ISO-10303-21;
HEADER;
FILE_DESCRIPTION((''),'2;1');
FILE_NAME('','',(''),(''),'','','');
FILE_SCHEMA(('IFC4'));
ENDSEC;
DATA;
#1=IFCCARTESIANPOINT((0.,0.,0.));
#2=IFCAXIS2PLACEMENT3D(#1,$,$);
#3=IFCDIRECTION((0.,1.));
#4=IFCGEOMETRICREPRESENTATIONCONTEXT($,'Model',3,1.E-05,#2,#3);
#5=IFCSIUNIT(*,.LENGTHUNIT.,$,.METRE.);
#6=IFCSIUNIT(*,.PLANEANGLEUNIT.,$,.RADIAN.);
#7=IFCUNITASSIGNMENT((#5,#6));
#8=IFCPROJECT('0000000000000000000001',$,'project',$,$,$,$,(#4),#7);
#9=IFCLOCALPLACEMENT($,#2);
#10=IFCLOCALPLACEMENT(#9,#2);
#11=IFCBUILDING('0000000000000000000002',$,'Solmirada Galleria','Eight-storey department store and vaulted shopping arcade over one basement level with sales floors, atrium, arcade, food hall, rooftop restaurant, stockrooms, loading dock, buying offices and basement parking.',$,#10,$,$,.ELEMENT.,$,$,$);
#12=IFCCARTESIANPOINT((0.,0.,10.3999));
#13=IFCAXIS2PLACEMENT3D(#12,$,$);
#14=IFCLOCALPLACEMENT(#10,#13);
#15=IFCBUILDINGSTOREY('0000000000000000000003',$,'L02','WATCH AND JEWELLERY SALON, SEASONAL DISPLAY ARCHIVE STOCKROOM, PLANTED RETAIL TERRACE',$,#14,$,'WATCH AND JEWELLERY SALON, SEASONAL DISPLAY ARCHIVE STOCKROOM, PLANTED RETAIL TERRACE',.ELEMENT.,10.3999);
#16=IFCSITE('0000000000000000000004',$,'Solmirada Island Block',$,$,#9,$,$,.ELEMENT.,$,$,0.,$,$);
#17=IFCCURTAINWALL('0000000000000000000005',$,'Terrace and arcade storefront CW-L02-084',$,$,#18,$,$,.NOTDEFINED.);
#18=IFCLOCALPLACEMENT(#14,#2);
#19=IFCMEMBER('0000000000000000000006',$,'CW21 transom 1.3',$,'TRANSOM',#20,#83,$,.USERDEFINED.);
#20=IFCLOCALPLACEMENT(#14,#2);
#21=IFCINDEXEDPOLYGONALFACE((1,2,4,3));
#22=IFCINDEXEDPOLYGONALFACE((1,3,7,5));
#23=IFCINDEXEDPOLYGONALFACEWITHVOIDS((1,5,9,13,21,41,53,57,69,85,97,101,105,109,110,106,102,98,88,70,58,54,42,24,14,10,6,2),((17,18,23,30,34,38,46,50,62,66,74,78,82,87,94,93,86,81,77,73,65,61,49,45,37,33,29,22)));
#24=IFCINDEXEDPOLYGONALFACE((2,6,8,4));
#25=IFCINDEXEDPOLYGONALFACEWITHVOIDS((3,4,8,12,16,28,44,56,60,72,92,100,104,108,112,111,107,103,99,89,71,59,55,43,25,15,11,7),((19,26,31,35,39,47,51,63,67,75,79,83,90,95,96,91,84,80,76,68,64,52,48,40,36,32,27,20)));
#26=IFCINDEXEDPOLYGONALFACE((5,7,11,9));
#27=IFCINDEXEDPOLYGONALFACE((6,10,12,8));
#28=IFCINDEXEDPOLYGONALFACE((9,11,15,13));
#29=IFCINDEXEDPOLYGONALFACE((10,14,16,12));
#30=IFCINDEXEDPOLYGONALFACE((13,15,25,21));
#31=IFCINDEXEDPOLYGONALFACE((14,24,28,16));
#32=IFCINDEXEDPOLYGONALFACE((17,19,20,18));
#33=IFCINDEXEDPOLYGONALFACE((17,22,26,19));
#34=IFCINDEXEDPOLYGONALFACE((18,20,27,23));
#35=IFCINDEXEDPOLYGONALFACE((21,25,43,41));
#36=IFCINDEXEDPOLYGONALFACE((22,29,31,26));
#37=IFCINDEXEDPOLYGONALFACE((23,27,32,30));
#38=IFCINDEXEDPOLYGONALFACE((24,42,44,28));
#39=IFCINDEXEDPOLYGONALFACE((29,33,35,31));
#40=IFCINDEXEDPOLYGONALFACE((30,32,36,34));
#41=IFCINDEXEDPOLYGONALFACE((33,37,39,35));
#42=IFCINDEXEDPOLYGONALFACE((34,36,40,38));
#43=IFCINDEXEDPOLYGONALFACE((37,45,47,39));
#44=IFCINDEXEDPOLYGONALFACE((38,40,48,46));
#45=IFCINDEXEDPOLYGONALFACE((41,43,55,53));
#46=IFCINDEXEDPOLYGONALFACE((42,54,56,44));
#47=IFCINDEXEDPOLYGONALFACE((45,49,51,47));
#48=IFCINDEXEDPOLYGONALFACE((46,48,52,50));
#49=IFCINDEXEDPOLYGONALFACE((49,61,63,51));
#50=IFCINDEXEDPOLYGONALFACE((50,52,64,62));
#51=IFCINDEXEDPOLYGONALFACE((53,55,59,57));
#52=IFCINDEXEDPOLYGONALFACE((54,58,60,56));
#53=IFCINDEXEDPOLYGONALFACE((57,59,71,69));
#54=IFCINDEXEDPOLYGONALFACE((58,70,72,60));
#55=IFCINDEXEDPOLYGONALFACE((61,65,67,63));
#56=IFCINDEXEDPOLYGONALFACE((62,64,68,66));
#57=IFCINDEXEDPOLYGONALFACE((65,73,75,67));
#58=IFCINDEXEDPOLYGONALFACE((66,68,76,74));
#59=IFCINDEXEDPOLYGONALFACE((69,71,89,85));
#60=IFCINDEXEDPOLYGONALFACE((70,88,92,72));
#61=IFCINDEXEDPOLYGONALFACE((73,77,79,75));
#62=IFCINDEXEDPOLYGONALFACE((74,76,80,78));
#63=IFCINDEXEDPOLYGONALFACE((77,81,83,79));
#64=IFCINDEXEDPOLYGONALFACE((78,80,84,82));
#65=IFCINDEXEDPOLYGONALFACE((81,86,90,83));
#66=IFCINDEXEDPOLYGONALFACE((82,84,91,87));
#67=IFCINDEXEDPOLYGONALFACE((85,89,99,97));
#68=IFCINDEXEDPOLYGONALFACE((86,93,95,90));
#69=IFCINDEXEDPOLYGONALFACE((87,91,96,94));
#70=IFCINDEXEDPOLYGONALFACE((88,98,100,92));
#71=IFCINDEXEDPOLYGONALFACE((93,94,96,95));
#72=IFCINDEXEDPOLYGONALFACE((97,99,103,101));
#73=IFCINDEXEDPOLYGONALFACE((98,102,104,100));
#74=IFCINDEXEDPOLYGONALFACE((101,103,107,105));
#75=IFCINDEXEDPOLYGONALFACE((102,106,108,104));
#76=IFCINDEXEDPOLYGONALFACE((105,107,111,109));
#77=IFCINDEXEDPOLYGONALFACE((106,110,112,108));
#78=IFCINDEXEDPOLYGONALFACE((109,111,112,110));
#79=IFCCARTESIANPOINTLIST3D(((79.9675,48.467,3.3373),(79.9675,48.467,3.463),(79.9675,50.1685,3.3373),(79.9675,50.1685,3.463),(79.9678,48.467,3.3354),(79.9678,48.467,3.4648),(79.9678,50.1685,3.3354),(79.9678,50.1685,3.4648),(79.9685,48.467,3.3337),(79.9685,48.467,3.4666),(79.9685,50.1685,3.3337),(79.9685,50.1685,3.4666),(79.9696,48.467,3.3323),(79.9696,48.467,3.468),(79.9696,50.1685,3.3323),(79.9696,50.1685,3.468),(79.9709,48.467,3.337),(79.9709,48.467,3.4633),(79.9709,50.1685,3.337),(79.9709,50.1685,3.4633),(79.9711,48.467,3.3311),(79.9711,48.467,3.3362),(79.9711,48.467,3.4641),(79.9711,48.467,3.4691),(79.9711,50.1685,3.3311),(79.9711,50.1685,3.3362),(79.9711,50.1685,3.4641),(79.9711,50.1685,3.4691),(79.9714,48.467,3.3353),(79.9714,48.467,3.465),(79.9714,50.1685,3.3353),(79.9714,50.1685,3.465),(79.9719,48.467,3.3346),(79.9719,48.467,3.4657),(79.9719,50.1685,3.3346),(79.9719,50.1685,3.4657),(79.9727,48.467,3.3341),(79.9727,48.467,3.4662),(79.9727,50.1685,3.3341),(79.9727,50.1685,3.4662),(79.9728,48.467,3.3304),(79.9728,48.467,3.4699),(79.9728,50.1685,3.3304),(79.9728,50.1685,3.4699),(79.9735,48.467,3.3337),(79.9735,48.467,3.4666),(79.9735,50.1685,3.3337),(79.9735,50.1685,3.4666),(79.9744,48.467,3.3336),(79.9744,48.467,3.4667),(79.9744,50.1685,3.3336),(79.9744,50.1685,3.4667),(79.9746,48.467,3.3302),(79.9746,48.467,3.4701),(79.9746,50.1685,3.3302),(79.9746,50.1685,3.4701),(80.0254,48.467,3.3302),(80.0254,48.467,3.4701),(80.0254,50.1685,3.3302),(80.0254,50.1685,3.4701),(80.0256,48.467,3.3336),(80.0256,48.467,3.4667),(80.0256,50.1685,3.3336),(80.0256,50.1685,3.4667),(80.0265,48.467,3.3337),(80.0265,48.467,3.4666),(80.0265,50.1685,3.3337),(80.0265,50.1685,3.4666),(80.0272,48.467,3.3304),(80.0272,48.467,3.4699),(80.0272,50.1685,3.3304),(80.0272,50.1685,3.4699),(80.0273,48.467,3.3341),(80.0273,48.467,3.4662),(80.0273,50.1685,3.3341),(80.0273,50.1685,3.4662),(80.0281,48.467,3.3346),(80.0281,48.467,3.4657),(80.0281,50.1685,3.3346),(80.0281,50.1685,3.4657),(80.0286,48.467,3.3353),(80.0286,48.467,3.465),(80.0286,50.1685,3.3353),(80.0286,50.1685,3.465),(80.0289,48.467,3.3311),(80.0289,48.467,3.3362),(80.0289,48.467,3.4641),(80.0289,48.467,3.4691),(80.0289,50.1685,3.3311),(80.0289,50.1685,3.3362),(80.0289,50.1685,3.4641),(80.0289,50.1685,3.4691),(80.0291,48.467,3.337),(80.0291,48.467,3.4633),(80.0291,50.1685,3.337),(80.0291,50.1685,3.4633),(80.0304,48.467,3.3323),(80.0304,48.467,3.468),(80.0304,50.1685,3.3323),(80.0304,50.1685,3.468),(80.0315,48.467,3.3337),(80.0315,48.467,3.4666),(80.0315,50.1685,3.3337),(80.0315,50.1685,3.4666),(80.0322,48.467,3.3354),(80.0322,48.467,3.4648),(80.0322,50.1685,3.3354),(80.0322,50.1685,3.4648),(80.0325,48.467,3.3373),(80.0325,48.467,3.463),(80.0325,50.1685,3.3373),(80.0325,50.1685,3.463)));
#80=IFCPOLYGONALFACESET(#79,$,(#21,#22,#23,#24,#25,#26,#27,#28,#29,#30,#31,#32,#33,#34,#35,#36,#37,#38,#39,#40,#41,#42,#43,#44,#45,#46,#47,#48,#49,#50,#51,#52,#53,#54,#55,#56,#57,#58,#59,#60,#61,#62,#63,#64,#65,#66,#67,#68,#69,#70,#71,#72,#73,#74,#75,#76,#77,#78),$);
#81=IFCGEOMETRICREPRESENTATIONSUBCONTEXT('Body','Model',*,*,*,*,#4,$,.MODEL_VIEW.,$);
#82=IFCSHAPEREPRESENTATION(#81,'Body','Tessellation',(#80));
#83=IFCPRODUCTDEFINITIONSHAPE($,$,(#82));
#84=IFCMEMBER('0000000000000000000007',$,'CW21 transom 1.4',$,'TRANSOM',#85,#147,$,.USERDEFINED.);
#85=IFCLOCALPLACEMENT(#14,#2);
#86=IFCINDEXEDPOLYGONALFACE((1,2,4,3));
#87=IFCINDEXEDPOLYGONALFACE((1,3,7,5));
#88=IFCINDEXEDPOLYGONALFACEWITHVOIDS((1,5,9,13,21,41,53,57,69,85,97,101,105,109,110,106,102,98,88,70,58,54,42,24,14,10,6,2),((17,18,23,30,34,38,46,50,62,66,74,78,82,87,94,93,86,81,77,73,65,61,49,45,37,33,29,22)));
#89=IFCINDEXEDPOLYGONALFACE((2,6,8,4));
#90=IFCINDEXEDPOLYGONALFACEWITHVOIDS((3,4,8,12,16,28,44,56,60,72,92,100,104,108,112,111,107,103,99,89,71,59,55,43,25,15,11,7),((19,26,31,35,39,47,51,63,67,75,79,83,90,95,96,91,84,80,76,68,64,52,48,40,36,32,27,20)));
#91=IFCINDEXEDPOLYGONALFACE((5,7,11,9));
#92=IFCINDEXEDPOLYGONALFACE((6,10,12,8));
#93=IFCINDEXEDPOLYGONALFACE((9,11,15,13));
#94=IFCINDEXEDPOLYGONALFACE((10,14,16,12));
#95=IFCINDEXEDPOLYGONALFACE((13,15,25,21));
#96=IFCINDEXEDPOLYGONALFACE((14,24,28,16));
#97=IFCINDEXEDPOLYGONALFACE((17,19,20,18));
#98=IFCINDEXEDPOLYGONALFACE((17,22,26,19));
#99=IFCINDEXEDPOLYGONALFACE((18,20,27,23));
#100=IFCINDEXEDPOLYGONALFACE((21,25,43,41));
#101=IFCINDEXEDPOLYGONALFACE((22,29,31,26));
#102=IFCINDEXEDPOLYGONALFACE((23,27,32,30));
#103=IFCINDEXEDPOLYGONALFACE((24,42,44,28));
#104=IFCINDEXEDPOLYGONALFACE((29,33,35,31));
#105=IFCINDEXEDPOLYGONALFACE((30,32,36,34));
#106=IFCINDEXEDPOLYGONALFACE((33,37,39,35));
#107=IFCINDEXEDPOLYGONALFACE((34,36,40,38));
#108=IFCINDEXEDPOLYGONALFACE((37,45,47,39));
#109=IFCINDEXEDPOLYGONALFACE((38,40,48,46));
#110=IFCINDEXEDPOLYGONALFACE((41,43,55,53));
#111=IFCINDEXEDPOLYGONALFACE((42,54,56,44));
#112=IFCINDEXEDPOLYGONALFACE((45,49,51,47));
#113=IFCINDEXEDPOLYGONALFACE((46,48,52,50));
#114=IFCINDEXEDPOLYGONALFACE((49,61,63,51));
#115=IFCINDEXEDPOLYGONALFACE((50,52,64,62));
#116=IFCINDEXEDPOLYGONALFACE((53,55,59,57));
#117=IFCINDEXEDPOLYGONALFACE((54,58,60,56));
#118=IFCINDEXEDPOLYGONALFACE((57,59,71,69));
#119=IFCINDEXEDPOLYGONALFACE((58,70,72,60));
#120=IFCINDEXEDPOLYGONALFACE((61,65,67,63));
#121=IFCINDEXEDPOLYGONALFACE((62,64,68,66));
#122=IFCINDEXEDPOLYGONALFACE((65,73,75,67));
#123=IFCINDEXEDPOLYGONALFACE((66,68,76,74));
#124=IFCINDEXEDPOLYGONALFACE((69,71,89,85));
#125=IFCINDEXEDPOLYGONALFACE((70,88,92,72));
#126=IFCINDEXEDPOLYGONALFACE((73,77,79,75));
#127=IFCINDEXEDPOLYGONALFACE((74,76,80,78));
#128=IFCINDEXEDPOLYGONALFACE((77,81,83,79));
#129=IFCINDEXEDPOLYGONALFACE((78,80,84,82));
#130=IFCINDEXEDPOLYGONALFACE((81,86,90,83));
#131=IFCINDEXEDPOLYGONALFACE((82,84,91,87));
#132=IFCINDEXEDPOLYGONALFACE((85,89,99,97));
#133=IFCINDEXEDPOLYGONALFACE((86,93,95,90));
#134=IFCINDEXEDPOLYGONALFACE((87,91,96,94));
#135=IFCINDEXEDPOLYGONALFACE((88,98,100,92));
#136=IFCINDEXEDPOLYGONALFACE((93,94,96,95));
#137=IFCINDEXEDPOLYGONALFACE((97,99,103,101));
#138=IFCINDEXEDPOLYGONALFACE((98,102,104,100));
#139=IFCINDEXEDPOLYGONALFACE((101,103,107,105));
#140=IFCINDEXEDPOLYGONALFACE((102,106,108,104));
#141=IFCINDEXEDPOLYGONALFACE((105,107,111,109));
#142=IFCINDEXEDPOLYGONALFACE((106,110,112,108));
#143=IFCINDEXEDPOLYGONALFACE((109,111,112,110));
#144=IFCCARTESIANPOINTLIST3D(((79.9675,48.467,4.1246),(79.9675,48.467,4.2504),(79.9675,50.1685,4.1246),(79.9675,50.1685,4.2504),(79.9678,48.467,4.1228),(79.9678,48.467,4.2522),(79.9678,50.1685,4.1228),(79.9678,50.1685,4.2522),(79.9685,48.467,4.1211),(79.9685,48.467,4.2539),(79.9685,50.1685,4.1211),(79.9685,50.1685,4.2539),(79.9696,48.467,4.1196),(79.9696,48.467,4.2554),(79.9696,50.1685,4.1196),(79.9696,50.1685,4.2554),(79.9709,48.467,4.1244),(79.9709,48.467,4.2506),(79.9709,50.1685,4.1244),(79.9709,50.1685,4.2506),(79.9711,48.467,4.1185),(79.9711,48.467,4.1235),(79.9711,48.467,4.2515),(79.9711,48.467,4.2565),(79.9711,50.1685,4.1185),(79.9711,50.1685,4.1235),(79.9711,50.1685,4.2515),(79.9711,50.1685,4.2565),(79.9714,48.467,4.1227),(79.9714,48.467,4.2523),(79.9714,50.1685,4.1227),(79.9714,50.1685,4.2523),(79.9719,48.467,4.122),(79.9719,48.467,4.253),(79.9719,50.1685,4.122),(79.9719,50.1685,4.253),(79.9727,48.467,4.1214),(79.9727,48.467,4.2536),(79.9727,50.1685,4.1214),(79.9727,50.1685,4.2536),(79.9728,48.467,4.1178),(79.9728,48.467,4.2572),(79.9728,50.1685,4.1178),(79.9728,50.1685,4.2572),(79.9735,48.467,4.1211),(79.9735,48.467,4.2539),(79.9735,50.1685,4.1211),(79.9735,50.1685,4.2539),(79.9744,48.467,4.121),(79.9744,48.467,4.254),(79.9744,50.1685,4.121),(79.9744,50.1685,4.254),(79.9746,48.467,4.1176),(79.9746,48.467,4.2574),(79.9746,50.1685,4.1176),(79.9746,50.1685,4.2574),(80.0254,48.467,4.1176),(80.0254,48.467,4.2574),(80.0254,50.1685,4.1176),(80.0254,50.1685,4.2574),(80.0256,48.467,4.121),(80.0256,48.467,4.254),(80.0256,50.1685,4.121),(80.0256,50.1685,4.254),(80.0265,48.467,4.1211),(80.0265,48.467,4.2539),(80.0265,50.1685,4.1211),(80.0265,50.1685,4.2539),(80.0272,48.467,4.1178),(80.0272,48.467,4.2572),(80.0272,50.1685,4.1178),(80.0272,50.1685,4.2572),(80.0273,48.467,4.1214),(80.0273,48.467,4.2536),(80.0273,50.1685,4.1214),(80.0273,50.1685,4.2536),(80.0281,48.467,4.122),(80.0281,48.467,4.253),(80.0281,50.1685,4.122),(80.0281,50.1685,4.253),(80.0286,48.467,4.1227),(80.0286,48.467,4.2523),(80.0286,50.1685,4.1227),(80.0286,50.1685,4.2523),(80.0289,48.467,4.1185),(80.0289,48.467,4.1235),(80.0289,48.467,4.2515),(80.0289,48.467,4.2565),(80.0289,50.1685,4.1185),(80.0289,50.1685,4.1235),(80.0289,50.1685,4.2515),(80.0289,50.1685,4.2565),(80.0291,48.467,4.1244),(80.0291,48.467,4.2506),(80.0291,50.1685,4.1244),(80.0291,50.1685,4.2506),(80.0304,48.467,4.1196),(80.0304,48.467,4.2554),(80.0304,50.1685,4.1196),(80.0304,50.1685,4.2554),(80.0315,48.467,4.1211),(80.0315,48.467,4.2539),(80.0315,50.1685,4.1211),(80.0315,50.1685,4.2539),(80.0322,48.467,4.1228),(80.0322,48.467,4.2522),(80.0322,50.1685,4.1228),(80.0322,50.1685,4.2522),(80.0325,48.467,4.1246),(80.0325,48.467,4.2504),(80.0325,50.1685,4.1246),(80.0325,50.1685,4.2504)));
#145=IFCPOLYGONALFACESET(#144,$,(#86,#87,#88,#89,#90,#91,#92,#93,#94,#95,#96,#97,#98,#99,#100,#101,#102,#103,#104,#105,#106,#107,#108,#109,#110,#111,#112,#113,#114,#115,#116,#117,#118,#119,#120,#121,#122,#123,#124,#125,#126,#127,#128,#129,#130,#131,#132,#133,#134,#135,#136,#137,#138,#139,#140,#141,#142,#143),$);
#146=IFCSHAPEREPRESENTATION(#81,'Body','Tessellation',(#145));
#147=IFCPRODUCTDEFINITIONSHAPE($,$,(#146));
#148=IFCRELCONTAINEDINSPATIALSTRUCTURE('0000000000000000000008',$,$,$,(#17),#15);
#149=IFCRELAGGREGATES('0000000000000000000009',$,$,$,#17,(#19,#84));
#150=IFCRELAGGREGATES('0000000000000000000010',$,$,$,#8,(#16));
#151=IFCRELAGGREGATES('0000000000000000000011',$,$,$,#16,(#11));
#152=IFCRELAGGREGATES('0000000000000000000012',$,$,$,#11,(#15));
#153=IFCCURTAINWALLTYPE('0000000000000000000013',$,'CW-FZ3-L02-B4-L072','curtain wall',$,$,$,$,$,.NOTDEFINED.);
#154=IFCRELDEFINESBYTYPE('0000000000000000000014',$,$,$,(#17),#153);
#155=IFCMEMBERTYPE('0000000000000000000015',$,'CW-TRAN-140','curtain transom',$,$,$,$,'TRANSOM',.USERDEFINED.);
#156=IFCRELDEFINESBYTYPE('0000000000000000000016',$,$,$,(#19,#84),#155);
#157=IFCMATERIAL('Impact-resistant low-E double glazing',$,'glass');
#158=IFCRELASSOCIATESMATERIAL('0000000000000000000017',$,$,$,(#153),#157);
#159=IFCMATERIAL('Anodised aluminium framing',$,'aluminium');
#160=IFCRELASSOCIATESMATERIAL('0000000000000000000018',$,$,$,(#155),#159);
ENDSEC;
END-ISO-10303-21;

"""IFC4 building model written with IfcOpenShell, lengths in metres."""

from ifc_helpers import new_model, si_unit, direction, frame, origin, origin_2d, place, context, subcontext, project, spatial, hollow_rectangle, extrude, material, material_profile, profile_set, type_object, element, aggregate, save


model = new_model("IFC4")

# Units and contexts
model_context = context("Model", 3, precision=1e-05, world=origin(), true_north=direction((0.0, 1.0)))
body_context = subcontext(model_context, "Body", "Model", "MODEL_VIEW")
ifc_project = project(units=[si_unit("LENGTHUNIT", "METRE"), si_unit("PLANEANGLEUNIT", "RADIAN")], contexts=[model_context])

# Site, building, storey
site_placement = place(None, origin())
site = spatial("IfcSite", under=ifc_project, at=site_placement, Name="Solmirada Island Block", CompositionType="ELEMENT", RefElevation=0.0)
building_placement = place(site_placement, origin())
building = spatial("IfcBuilding", under=site, at=building_placement, Name="Solmirada Galleria", Description="Eight-storey department store and vaulted shopping arcade over one basement level with sales floors, atrium, arcade, food hall, rooftop restaurant, stockrooms, loading dock, buying offices and basement parking.", CompositionType="ELEMENT")
storey_placement = place(building_placement, frame((0.0, 0.0, 10.3999)))
storey = spatial("IfcBuildingStorey", under=building, at=storey_placement, Name="L02", Description="WATCH AND JEWELLERY SALON, SEASONAL DISPLAY ARCHIVE STOCKROOM, PLANTED RETAIL TERRACE", LongName="WATCH AND JEWELLERY SALON, SEASONAL DISPLAY ARCHIVE STOCKROOM, PLANTED RETAIL TERRACE", CompositionType="ELEMENT", Elevation=10.3999)

# Curtain wall, members
ifc_material_1 = material(Name="Impact-resistant low-E double glazing", Category="glass")
curtain_wall_type = type_object("IfcCurtainWallType", Name="CW-FZ3-L02-B4-L072", Description="curtain wall", PredefinedType="NOTDEFINED", material=ifc_material_1)
curtain_wall_placement = place(storey_placement, origin())
curtain_wall = element("IfcCurtainWall", 1, at=curtain_wall_placement, inside=storey, type_object=curtain_wall_type, Name="Terrace and arcade storefront CW-L02-084", PredefinedType="NOTDEFINED")
ifc_material_2 = material(Name="Anodised aluminium framing", Category="aluminium")
ifc_material_profile_1 = material_profile(ifc_material_2, hollow_rectangle(XDim=0.0649, YDim=0.1399, WallThickness=0.0034, InnerFilletRadius=0.0034, OuterFilletRadius=0.0071, at=origin_2d()), Name="ALU-TRAN-140X65")
ifc_profile_set_1 = profile_set([ifc_material_profile_1], Name="Anodised aluminium framing")
member_type_1 = type_object("IfcMemberType", Name="CW-TRAN-140", Description="curtain transom", ElementType="TRANSOM", PredefinedType="USERDEFINED", material=ifc_profile_set_1)
member_1_placement = place(storey_placement, frame((80.0, 48.467, 3.4001), z_axis=(0.0, 1.0, 0.0), x_axis=(-1.0, 0.0, 0.0)))
member_1 = element("IfcMember", 2, at=member_1_placement, type_object=member_type_1, Name="CW21 transom 1.3", ObjectType="TRANSOM", PredefinedType="USERDEFINED", context=body_context, shape_type="SweptSolid", body=[
    extrude(hollow_rectangle(XDim=0.0649, YDim=0.1399, WallThickness=0.0034, InnerFilletRadius=0.0034, OuterFilletRadius=0.0071, at=origin_2d()), origin(), (0.0, 0.0, 1.0), 1.7014),
])
member_2_placement = place(storey_placement, frame((80.0, 48.467, 4.1875), z_axis=(0.0, 1.0, 0.0), x_axis=(-1.0, 0.0, 0.0)))
member_2 = element("IfcMember", 3, at=member_2_placement, type_object=member_type_1, Name="CW21 transom 1.4", ObjectType="TRANSOM", PredefinedType="USERDEFINED", context=body_context, shape_type="SweptSolid", body=[
    extrude(hollow_rectangle(XDim=0.0649, YDim=0.1399, WallThickness=0.0034, InnerFilletRadius=0.0034, OuterFilletRadius=0.0071, at=origin_2d()), origin(), (0.0, 0.0, 1.0), 1.7014),
])
aggregate(curtain_wall, [member_1, member_2])

save(model, "model.ifc")
